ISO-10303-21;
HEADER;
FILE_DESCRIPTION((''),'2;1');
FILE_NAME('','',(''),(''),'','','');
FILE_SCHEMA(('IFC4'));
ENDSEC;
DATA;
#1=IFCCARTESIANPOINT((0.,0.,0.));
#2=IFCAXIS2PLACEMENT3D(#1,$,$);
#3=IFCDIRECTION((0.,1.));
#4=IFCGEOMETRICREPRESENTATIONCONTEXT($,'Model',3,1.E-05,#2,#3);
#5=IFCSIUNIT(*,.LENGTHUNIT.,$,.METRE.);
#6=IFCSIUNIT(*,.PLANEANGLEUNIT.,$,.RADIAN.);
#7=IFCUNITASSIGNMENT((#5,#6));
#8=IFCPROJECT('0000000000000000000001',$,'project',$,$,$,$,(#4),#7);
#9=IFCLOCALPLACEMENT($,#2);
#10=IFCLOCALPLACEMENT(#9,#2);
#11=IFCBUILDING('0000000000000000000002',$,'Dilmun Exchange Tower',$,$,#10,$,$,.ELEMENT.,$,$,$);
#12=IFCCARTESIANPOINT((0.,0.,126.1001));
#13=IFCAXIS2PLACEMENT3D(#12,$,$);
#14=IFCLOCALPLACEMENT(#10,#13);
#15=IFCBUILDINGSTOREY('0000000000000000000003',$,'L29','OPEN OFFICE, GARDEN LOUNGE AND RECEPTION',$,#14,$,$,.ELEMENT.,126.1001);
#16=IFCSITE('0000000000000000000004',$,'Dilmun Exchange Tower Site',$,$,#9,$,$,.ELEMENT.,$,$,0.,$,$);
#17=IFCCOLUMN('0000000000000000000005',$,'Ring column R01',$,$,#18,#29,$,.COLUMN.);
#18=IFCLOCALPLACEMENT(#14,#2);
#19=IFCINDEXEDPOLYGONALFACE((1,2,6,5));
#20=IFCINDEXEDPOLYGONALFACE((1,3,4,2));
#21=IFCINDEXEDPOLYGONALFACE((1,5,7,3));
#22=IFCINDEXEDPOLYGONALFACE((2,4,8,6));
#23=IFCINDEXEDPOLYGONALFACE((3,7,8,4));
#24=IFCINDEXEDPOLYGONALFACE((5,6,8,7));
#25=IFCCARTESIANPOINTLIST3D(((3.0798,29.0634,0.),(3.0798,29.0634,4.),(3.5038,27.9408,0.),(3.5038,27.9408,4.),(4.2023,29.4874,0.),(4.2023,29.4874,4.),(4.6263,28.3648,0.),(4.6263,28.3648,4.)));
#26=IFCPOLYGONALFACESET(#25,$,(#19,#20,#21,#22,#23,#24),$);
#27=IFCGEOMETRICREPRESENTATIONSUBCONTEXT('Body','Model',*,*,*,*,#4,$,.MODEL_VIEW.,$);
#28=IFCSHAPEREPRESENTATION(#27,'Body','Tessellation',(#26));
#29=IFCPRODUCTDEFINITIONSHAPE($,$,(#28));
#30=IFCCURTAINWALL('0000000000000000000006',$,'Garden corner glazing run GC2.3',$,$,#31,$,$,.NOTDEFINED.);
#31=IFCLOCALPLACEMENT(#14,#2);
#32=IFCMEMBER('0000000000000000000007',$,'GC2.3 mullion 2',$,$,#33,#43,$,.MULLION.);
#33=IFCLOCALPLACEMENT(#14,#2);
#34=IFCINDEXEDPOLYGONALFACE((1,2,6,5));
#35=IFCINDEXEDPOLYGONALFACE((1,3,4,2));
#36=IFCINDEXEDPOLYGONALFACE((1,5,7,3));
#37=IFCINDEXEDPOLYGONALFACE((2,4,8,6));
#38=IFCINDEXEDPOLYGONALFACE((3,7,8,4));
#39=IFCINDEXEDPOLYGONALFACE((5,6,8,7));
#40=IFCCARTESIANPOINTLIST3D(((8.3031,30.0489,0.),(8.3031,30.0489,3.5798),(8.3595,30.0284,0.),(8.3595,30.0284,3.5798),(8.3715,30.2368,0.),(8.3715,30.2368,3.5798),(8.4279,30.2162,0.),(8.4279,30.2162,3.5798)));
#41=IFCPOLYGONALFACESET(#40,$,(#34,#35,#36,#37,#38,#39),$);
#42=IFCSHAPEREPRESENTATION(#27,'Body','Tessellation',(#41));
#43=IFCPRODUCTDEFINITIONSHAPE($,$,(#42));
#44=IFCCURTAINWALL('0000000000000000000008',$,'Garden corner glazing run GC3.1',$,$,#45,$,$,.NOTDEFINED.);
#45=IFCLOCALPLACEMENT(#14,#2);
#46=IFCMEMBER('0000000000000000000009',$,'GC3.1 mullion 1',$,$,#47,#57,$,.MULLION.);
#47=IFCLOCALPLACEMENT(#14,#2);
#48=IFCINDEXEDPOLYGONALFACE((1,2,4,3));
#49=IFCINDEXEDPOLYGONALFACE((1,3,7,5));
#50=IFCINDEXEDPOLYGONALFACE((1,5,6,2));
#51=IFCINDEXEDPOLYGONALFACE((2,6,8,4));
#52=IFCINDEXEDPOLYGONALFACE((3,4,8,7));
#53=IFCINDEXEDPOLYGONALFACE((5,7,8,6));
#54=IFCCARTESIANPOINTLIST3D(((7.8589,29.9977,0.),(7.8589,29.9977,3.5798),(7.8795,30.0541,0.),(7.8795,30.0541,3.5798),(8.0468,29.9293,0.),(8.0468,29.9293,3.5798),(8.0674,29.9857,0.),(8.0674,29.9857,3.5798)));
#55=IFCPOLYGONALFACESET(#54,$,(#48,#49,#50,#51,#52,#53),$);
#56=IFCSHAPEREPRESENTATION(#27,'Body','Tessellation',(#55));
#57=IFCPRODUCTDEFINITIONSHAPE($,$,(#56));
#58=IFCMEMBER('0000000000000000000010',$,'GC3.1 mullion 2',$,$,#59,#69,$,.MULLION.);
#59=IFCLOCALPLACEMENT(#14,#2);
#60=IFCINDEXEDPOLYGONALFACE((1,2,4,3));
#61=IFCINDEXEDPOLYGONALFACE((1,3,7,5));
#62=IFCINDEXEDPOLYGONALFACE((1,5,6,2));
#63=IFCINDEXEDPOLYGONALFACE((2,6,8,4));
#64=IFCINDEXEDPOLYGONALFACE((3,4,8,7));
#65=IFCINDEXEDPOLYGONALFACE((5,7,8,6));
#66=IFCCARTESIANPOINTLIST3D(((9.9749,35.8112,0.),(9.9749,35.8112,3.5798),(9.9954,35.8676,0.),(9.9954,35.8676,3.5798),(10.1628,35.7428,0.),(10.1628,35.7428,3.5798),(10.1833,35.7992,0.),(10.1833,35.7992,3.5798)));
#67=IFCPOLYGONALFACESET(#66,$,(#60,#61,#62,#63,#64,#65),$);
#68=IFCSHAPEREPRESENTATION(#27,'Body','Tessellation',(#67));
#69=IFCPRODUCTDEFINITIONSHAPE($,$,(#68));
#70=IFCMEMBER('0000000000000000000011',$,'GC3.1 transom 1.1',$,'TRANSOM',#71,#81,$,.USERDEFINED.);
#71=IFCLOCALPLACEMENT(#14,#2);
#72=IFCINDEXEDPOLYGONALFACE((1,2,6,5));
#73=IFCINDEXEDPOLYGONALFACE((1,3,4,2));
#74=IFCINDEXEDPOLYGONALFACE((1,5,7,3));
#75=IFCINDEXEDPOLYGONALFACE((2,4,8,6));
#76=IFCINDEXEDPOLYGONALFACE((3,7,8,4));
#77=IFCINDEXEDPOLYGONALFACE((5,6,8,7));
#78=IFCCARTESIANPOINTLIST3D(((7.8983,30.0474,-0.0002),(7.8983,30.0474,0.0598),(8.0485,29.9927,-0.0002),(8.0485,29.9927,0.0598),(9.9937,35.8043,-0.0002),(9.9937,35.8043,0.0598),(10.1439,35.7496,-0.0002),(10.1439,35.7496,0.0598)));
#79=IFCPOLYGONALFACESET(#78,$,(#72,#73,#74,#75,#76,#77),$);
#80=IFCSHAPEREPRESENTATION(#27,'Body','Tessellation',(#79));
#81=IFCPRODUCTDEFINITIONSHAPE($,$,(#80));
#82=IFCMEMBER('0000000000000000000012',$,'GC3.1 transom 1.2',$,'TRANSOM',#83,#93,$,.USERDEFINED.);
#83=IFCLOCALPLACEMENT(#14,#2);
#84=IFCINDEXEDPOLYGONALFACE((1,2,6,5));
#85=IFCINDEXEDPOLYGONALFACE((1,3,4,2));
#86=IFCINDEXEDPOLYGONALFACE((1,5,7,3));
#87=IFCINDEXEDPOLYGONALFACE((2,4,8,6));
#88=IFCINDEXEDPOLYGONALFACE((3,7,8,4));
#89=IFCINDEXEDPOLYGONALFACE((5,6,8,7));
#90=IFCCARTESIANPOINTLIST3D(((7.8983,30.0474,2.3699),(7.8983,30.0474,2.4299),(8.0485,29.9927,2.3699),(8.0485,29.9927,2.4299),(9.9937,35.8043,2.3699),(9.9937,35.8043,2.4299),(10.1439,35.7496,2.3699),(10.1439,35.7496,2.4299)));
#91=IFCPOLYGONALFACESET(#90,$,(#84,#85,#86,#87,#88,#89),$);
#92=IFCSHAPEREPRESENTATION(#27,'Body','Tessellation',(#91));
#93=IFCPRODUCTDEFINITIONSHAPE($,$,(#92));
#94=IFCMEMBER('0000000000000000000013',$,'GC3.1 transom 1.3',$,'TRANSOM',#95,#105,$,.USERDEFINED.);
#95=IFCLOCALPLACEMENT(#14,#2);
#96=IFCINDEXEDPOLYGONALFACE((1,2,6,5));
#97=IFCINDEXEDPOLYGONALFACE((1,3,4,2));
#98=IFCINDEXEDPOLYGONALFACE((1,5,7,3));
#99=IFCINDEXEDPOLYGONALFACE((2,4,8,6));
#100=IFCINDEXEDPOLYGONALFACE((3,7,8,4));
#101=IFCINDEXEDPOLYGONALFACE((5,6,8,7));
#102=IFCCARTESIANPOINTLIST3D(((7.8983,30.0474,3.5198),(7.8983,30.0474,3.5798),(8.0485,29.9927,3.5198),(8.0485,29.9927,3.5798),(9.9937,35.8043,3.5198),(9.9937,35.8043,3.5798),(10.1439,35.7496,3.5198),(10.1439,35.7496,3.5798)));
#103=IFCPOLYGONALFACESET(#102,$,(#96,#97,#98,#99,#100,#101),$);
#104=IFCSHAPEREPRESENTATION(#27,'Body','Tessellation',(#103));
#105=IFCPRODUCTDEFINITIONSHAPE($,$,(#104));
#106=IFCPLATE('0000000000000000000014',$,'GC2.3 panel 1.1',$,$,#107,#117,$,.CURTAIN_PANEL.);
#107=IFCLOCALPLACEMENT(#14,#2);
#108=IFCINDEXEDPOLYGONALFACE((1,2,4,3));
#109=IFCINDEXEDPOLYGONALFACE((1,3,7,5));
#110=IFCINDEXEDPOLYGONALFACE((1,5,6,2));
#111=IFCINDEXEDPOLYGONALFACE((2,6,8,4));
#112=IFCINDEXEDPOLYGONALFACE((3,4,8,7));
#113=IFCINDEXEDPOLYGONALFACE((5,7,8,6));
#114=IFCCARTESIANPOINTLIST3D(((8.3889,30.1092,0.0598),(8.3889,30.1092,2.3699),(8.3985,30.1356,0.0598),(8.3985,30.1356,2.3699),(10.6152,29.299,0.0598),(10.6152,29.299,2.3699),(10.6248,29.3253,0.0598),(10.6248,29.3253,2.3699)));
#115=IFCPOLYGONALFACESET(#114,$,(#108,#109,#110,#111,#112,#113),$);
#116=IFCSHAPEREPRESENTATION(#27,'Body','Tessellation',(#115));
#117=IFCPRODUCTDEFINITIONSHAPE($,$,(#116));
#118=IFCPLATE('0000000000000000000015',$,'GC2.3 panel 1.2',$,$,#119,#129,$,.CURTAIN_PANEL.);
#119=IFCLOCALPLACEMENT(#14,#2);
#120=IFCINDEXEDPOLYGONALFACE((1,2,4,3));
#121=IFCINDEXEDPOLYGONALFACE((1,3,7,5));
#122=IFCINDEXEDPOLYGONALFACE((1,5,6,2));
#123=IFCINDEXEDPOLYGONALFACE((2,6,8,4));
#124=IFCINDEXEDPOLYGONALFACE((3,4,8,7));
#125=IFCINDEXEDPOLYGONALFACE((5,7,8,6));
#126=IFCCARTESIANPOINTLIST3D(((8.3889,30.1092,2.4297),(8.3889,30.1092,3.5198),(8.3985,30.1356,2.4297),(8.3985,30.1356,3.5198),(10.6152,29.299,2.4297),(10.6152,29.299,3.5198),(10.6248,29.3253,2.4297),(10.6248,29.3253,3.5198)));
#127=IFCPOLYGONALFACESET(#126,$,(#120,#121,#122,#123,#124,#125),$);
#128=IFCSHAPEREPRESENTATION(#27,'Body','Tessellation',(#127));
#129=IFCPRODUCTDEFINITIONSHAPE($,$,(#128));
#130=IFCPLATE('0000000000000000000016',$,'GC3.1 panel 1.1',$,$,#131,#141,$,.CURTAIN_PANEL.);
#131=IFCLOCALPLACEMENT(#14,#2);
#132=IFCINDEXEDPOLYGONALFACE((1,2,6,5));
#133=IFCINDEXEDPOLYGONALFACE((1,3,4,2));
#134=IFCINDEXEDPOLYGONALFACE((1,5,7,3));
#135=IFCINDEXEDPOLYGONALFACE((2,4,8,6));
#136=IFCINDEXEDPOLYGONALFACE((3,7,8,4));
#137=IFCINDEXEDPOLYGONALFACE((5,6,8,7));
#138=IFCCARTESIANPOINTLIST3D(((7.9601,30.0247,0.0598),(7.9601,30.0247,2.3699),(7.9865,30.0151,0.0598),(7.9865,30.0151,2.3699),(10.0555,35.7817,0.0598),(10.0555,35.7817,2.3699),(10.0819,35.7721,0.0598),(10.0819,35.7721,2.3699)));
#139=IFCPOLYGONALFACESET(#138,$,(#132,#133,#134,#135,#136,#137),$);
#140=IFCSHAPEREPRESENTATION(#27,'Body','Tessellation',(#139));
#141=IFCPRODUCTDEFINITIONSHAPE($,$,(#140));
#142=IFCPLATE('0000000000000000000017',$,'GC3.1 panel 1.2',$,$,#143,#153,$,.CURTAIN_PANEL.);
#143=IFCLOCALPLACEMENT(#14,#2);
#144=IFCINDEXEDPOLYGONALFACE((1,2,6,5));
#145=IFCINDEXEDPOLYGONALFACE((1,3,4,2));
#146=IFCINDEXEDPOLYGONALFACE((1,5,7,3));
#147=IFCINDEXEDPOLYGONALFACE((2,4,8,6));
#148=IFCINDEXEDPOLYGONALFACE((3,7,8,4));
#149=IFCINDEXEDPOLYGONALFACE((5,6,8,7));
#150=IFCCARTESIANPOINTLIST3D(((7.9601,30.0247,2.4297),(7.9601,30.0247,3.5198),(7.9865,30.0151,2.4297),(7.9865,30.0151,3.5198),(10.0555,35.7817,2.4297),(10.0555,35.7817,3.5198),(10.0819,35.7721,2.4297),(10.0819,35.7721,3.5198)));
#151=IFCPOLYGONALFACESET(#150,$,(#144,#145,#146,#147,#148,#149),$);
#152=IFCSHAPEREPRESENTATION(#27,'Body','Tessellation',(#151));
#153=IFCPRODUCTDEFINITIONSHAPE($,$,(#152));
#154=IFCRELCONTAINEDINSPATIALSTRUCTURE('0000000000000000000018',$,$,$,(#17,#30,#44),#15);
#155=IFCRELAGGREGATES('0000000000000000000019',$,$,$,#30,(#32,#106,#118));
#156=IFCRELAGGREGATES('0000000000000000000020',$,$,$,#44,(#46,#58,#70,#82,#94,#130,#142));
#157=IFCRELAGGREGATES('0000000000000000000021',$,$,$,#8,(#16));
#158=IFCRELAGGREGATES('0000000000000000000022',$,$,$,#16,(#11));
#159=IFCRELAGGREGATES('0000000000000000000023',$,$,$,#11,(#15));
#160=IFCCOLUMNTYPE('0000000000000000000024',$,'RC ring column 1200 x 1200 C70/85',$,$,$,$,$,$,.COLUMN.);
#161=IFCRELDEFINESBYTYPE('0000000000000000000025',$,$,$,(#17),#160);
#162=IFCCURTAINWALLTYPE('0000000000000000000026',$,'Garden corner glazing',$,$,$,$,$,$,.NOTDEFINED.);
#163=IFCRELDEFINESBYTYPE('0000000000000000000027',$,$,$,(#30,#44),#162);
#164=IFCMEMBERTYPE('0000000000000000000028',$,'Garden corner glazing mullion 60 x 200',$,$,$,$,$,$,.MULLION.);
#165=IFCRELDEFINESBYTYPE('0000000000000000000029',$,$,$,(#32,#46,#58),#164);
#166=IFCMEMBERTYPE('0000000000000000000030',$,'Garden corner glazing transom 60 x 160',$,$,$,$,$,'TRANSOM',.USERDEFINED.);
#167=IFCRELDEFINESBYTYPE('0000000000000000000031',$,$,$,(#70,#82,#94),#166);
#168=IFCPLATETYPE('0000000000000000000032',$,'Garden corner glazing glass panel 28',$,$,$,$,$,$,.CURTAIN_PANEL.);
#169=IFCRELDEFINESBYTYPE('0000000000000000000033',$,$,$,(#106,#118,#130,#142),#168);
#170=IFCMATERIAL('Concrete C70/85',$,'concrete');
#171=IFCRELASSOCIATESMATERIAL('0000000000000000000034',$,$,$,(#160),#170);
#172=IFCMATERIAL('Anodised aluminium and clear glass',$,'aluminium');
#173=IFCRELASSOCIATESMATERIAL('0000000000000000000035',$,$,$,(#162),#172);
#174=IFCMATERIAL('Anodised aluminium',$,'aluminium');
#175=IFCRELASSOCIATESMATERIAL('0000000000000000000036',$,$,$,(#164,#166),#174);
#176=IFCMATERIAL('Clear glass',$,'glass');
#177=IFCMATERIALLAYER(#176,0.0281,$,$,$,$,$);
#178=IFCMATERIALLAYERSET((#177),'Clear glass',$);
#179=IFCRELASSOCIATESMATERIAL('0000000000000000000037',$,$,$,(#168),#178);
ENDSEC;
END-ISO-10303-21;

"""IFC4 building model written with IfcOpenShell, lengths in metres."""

from ifc_helpers import new_model, si_unit, direction, frame, origin, origin_2d, place, context, subcontext, project, spatial, rectangle, extrude, material, layer, layer_set, material_profile, profile_set, type_object, element, aggregate, save


model = new_model("IFC4")

# Units and contexts
model_context = context("Model", 3, precision=1e-05, world=origin(), true_north=direction((0.0, 1.0)))
body_context = subcontext(model_context, "Body", "Model", "MODEL_VIEW")
ifc_project = project(units=[si_unit("LENGTHUNIT", "METRE"), si_unit("PLANEANGLEUNIT", "RADIAN")], contexts=[model_context])

# Site, building, storey
site_placement = place(None, origin())
site = spatial("IfcSite", under=ifc_project, at=site_placement, Name="Dilmun Exchange Tower Site", CompositionType="ELEMENT", RefElevation=0.0)
building_placement = place(site_placement, origin())
building = spatial("IfcBuilding", under=site, at=building_placement, Name="Dilmun Exchange Tower", CompositionType="ELEMENT")
storey_placement = place(building_placement, frame((0.0, 0.0, 126.1001)))
storey = spatial("IfcBuildingStorey", under=building, at=storey_placement, Name="L29", Description="OPEN OFFICE, GARDEN LOUNGE AND RECEPTION", CompositionType="ELEMENT", Elevation=126.1001)

# Column
ifc_material_1 = material(Name="Concrete C70/85", Category="concrete")
ifc_material_profile_1 = material_profile(ifc_material_1, rectangle(XDim=1.2, YDim=1.2, at=origin_2d()), Name="1200 x 1200")
ifc_profile_set_1 = profile_set([ifc_material_profile_1], Name="Concrete C70/85")
column_type = type_object("IfcColumnType", Name="RC ring column 1200 x 1200 C70/85", PredefinedType="COLUMN", material=ifc_profile_set_1)
column_placement = place(storey_placement, frame((3.853, 28.7141, 0.0), z_axis=(0.0, 0.0, 1.0), x_axis=(0.935492, 0.353349, 0.0)))
element("IfcColumn", 1, at=column_placement, inside=storey, type_object=column_type, Name="Ring column R01", PredefinedType="COLUMN", context=body_context, shape_type="SweptSolid", body=[
    extrude(rectangle(XDim=1.2, YDim=1.2, at=origin_2d()), origin(), (0.0, 0.0, 1.0), 4.0),
])

# Curtain wall, member
ifc_material_2 = material(Name="Anodised aluminium and clear glass", Category="aluminium")
curtain_wall_type = type_object("IfcCurtainWallType", Name="Garden corner glazing", PredefinedType="NOTDEFINED", material=ifc_material_2)
curtain_wall_1_placement = place(storey_placement, origin())
curtain_wall_1 = element("IfcCurtainWall", 2, at=curtain_wall_1_placement, inside=storey, type_object=curtain_wall_type, Name="Garden corner glazing run GC2.3", PredefinedType="NOTDEFINED")
ifc_material_3 = material(Name="Anodised aluminium", Category="aluminium")
ifc_material_profile_2 = material_profile(ifc_material_3, rectangle(XDim=0.2, YDim=0.0601, at=origin_2d()), Name="AL 60x200")
ifc_profile_set_2 = profile_set([ifc_material_profile_2], Name="Anodised aluminium")
member_type_1 = type_object("IfcMemberType", Name="Garden corner glazing mullion 60 x 200", PredefinedType="MULLION", material=ifc_profile_set_2)
member_1_placement = place(storey_placement, frame((8.3655, 30.1326, 0.0), z_axis=(0.0, 0.0, 1.0), x_axis=(-0.342011, -0.939696, 0.0)))
member_1 = element("IfcMember", 3, at=member_1_placement, type_object=member_type_1, Name="GC2.3 mullion 2", PredefinedType="MULLION", context=body_context, shape_type="SweptSolid", body=[
    extrude(rectangle(XDim=0.2, YDim=0.0601, at=origin_2d()), origin(), (0.0, 0.0, 1.0), 3.5798),
])

# Curtain wall, members
curtain_wall_2_placement = place(storey_placement, origin())
curtain_wall_2 = element("IfcCurtainWall", 4, at=curtain_wall_2_placement, inside=storey, type_object=curtain_wall_type, Name="Garden corner glazing run GC3.1", PredefinedType="NOTDEFINED")
member_2_placement = place(storey_placement, frame((7.9631, 29.9917, 0.0), z_axis=(0.0, 0.0, 1.0), x_axis=(-0.939694, 0.342016, 0.0)))
member_2 = element("IfcMember", 5, at=member_2_placement, type_object=member_type_1, Name="GC3.1 mullion 1", PredefinedType="MULLION", context=body_context, shape_type="SweptSolid", body=[
    extrude(rectangle(XDim=0.2, YDim=0.0601, at=origin_2d()), origin(), (0.0, 0.0, 1.0), 3.5798),
])
member_3_placement = place(storey_placement, frame((10.0791, 35.8052, 0.0), z_axis=(0.0, 0.0, 1.0), x_axis=(-0.939694, 0.342016, 0.0)))
member_3 = element("IfcMember", 6, at=member_3_placement, type_object=member_type_1, Name="GC3.1 mullion 2", PredefinedType="MULLION", context=body_context, shape_type="SweptSolid", body=[
    extrude(rectangle(XDim=0.2, YDim=0.0601, at=origin_2d()), origin(), (0.0, 0.0, 1.0), 3.5798),
])
ifc_material_profile_3 = material_profile(ifc_material_3, rectangle(XDim=0.1599, YDim=0.0601, at=origin_2d()), Name="AL 60x160")
ifc_profile_set_3 = profile_set([ifc_material_profile_3], Name="Anodised aluminium")
member_type_2 = type_object("IfcMemberType", Name="Garden corner glazing transom 60 x 160", ElementType="TRANSOM", PredefinedType="USERDEFINED", material=ifc_profile_set_3)
member_4_placement = place(storey_placement, frame((7.9734, 30.02, 0.0298), z_axis=(0.342028, 0.93969, 0.0), x_axis=(-0.93969, 0.342028, 0.0)))
member_4 = element("IfcMember", 7, at=member_4_placement, type_object=member_type_2, Name="GC3.1 transom 1.1", ObjectType="TRANSOM", PredefinedType="USERDEFINED", context=body_context, shape_type="SweptSolid", body=[
    extrude(rectangle(XDim=0.1599, YDim=0.0601, at=origin_2d()), origin(), (0.0, 0.0, 1.0), 6.1265),
])
member_5_placement = place(storey_placement, frame((7.9734, 30.02, 2.3999), z_axis=(0.342028, 0.93969, 0.0), x_axis=(-0.93969, 0.342028, 0.0)))
member_5 = element("IfcMember", 8, at=member_5_placement, type_object=member_type_2, Name="GC3.1 transom 1.2", ObjectType="TRANSOM", PredefinedType="USERDEFINED", context=body_context, shape_type="SweptSolid", body=[
    extrude(rectangle(XDim=0.1599, YDim=0.0601, at=origin_2d()), origin(), (0.0, 0.0, 1.0), 6.1265),
])
member_6_placement = place(storey_placement, frame((7.9734, 30.02, 3.5498), z_axis=(0.342028, 0.93969, 0.0), x_axis=(-0.93969, 0.342028, 0.0)))
member_6 = element("IfcMember", 9, at=member_6_placement, type_object=member_type_2, Name="GC3.1 transom 1.3", ObjectType="TRANSOM", PredefinedType="USERDEFINED", context=body_context, shape_type="SweptSolid", body=[
    extrude(rectangle(XDim=0.1599, YDim=0.0601, at=origin_2d()), origin(), (0.0, 0.0, 1.0), 6.1265),
])

# Plates
ifc_material_4 = material(Name="Clear glass", Category="glass")
ifc_layer_1 = layer(ifc_material_4, 0.0281)
ifc_layer_set_1 = layer_set([ifc_layer_1], Name="Clear glass")
plate_type = type_object("IfcPlateType", Name="Garden corner glazing glass panel 28", PredefinedType="CURTAIN_PANEL", material=ifc_layer_set_1)
plate_1_placement = place(storey_placement, frame((9.5068, 29.7173, 0.0598), z_axis=(0.0, 0.0, 1.0), x_axis=(-0.939696, 0.342011, 0.0)))
plate_1 = element("IfcPlate", 10, at=plate_1_placement, type_object=plate_type, Name="GC2.3 panel 1.1", PredefinedType="CURTAIN_PANEL", context=body_context, shape_type="SweptSolid", body=[
    extrude(rectangle(XDim=2.3691, YDim=0.0281, at=origin_2d()), origin(), (0.0, 0.0, 1.0), 2.3101),
])
plate_2_placement = place(storey_placement, frame((9.5068, 29.7173, 2.4297), z_axis=(0.0, 0.0, 1.0), x_axis=(-0.939696, 0.342011, 0.0)))
plate_2 = element("IfcPlate", 11, at=plate_2_placement, type_object=plate_type, Name="GC2.3 panel 1.2", PredefinedType="CURTAIN_PANEL", context=body_context, shape_type="SweptSolid", body=[
    extrude(rectangle(XDim=2.3691, YDim=0.0281, at=origin_2d()), origin(), (0.0, 0.0, 1.0), 1.0901),
])
aggregate(curtain_wall_1, [member_1, plate_1, plate_2])
plate_3_placement = place(storey_placement, frame((9.021, 32.8984, 0.0598), z_axis=(0.0, 0.0, 1.0), x_axis=(0.342016, 0.939694, 0.0)))
plate_3 = element("IfcPlate", 12, at=plate_3_placement, type_object=plate_type, Name="GC3.1 panel 1.1", PredefinedType="CURTAIN_PANEL", context=body_context, shape_type="SweptSolid", body=[
    extrude(rectangle(XDim=6.1265, YDim=0.0281, at=origin_2d()), origin(), (0.0, 0.0, 1.0), 2.3101),
])
plate_4_placement = place(storey_placement, frame((9.021, 32.8984, 2.4297), z_axis=(0.0, 0.0, 1.0), x_axis=(0.342016, 0.939694, 0.0)))
plate_4 = element("IfcPlate", 13, at=plate_4_placement, type_object=plate_type, Name="GC3.1 panel 1.2", PredefinedType="CURTAIN_PANEL", context=body_context, shape_type="SweptSolid", body=[
    extrude(rectangle(XDim=6.1265, YDim=0.0281, at=origin_2d()), origin(), (0.0, 0.0, 1.0), 1.0901),
])
aggregate(curtain_wall_2, [member_2, member_3, member_4, member_5, member_6, plate_3, plate_4])

save(model, "model.ifc")
